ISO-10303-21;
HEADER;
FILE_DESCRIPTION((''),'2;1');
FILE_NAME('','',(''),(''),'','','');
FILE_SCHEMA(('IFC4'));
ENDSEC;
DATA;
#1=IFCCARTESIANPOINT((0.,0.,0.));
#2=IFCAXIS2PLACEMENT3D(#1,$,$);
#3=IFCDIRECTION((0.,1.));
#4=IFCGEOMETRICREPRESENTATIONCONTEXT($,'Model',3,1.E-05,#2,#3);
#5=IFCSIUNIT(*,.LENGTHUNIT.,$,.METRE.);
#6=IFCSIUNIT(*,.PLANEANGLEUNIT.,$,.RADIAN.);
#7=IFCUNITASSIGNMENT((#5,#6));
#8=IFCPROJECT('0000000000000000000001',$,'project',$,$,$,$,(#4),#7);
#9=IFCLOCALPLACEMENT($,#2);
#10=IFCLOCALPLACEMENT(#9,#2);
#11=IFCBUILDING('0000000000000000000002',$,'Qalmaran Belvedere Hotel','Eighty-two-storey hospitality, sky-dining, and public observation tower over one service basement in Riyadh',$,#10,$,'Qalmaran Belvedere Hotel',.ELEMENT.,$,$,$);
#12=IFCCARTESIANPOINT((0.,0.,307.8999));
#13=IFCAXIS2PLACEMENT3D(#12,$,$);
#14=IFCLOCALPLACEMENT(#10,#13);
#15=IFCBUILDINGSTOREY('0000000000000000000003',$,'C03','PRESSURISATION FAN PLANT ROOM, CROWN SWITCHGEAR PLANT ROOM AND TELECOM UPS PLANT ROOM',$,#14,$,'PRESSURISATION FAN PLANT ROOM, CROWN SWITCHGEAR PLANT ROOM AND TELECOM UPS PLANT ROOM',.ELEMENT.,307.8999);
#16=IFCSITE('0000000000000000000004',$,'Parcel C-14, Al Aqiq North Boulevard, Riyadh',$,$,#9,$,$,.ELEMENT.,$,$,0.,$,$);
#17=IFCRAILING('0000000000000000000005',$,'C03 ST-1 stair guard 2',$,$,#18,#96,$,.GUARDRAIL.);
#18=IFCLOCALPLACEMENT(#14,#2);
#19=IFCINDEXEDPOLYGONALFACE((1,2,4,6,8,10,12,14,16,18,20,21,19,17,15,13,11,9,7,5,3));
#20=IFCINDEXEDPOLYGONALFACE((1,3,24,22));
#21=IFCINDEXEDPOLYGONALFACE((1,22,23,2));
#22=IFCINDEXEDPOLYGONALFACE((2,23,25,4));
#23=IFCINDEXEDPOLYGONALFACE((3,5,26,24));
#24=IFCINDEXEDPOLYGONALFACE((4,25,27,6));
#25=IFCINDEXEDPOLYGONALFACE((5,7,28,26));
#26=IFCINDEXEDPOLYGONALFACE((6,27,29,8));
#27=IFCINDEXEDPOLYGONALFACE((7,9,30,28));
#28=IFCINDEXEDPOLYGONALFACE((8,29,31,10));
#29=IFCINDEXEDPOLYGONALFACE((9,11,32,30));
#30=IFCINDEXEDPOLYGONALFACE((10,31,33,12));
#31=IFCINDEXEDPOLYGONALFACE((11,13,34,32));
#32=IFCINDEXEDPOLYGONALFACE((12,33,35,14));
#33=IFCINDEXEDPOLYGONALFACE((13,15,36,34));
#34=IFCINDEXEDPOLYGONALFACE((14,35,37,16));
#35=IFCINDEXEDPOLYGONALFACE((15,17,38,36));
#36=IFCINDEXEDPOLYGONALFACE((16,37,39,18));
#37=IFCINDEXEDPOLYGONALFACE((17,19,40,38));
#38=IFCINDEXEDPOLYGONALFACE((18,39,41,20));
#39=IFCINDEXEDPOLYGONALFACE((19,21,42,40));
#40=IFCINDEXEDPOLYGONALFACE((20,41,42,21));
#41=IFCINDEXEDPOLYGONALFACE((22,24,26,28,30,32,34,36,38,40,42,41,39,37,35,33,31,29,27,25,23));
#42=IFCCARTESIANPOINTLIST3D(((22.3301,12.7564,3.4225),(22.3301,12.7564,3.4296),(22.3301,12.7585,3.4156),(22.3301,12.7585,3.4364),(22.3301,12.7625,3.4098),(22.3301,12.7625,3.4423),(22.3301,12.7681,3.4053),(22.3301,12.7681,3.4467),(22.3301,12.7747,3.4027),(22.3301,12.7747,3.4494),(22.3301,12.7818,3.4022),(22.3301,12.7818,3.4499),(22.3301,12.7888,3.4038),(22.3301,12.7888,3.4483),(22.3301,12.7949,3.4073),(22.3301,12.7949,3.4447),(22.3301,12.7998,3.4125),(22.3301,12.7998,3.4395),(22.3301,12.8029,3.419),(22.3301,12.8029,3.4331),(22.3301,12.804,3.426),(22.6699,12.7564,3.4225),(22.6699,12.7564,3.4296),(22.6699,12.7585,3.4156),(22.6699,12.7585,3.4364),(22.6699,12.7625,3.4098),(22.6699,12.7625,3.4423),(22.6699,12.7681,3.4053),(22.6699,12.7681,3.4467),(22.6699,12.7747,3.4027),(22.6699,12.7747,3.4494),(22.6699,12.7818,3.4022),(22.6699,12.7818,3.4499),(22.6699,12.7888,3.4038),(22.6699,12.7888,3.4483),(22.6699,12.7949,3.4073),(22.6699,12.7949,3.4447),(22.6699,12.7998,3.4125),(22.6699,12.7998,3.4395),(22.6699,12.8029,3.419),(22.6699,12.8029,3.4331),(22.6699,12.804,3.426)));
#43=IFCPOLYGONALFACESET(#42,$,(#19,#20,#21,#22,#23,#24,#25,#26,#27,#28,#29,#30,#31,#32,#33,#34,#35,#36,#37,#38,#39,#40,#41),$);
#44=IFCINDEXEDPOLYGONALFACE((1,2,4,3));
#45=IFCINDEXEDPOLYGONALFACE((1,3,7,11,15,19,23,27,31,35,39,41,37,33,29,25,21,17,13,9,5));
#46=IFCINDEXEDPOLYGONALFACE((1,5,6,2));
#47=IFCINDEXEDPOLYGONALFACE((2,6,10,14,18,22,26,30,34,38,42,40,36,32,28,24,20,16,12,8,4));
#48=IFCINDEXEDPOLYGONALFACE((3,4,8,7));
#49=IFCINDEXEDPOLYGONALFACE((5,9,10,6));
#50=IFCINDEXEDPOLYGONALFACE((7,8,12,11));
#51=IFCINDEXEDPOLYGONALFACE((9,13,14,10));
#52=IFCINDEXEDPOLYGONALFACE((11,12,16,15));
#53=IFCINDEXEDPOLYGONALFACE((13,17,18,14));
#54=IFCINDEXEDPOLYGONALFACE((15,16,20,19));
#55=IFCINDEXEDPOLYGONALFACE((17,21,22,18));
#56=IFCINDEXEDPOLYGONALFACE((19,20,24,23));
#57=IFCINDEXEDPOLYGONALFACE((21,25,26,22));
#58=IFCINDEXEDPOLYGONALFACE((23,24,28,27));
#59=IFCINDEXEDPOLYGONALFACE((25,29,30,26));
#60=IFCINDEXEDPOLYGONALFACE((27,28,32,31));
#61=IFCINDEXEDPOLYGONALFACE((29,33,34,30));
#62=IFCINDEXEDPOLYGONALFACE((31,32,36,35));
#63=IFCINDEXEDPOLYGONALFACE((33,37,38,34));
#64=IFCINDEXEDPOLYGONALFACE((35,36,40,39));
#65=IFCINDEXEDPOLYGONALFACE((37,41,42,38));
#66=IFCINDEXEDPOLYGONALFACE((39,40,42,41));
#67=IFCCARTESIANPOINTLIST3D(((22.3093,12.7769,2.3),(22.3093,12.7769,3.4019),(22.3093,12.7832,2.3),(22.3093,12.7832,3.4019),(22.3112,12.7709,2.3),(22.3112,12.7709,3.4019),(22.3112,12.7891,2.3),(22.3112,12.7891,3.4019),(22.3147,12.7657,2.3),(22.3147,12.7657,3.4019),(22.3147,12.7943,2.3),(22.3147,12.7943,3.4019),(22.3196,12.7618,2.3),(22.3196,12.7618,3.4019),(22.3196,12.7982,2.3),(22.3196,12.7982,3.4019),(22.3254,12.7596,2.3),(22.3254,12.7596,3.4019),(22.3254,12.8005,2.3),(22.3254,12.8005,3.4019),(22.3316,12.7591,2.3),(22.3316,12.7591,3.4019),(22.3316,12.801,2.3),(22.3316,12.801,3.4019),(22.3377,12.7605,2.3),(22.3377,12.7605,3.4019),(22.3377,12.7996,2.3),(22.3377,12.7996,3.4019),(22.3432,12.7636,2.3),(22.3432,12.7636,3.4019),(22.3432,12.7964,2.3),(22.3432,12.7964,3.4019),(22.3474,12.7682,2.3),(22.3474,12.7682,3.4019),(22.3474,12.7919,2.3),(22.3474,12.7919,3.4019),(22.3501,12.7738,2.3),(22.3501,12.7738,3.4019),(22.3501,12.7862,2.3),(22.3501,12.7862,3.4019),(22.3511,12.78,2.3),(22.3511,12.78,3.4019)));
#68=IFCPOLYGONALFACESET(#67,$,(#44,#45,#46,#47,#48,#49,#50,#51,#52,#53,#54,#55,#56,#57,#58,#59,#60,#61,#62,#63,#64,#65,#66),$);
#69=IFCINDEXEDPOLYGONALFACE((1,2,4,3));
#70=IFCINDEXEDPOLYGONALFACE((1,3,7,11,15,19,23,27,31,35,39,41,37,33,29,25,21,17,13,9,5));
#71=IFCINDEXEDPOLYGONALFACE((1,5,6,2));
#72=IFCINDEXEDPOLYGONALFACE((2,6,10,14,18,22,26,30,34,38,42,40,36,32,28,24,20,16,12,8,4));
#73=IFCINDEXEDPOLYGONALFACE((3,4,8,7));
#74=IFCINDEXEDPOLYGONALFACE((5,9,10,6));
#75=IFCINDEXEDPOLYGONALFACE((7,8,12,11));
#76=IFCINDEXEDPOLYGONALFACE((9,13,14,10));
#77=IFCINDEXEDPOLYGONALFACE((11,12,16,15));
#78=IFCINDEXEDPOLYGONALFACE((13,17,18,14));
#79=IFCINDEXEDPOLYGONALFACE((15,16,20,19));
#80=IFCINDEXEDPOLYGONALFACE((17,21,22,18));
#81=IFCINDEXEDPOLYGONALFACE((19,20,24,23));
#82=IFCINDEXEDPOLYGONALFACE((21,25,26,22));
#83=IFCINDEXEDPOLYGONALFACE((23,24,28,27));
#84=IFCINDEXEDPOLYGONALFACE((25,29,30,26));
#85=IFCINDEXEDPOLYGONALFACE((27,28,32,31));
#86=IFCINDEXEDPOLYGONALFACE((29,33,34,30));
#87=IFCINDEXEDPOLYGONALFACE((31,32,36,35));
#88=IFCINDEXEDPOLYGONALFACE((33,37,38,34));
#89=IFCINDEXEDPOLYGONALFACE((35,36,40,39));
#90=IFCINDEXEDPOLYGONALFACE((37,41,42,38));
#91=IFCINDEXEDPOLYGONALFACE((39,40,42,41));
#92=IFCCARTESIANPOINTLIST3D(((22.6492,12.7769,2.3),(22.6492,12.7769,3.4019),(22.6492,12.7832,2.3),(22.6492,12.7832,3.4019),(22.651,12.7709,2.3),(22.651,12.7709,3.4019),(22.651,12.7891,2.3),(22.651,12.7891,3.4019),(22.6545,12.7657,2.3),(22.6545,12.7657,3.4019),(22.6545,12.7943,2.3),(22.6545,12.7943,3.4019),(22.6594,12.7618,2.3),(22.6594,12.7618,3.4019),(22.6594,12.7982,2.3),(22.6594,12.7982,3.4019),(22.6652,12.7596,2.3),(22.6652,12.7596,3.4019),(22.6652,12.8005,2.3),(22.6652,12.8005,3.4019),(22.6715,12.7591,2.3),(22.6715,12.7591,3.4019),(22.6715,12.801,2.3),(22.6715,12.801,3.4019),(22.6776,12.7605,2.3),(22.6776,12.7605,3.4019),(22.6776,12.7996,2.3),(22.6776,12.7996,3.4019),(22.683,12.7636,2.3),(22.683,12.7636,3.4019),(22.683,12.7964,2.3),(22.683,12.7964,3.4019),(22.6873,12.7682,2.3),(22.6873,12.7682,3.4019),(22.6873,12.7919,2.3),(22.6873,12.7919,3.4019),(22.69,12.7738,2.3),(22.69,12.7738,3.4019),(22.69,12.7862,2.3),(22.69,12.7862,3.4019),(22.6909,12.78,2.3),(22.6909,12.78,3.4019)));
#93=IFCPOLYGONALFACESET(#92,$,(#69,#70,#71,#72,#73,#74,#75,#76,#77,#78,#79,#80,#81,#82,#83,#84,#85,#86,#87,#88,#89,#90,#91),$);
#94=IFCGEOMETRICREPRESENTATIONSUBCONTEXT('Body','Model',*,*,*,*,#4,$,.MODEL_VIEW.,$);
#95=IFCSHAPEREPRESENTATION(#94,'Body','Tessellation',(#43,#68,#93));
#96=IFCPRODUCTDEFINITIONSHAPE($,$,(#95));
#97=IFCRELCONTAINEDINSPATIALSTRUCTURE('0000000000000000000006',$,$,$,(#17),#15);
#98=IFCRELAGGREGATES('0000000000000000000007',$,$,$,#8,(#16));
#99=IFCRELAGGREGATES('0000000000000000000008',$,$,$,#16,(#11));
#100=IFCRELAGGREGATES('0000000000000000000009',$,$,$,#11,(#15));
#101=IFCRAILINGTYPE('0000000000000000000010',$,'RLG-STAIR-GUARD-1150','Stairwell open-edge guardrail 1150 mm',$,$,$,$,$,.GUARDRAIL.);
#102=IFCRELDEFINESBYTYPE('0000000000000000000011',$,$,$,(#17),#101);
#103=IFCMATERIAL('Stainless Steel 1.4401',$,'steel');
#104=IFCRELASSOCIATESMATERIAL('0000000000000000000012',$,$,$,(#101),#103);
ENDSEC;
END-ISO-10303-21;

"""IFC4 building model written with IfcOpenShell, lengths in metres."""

from ifc_helpers import new_model, si_unit, direction, frame, origin, origin_2d, place, context, subcontext, project, spatial, circle, extrude, material, type_object, element, save


model = new_model("IFC4")

# Units and contexts
model_context = context("Model", 3, precision=1e-05, world=origin(), true_north=direction((0.0, 1.0)))
body_context = subcontext(model_context, "Body", "Model", "MODEL_VIEW")
ifc_project = project(units=[si_unit("LENGTHUNIT", "METRE"), si_unit("PLANEANGLEUNIT", "RADIAN")], contexts=[model_context])

# Site, building, storey
site_placement = place(None, origin())
site = spatial("IfcSite", under=ifc_project, at=site_placement, Name="Parcel C-14, Al Aqiq North Boulevard, Riyadh", CompositionType="ELEMENT", RefElevation=0.0)
building_placement = place(site_placement, origin())
building = spatial("IfcBuilding", under=site, at=building_placement, Name="Qalmaran Belvedere Hotel", Description="Eighty-two-storey hospitality, sky-dining, and public observation tower over one service basement in Riyadh", LongName="Qalmaran Belvedere Hotel", CompositionType="ELEMENT")
storey_placement = place(building_placement, frame((0.0, 0.0, 307.8999)))
storey = spatial("IfcBuildingStorey", under=building, at=storey_placement, Name="C03", Description="PRESSURISATION FAN PLANT ROOM, CROWN SWITCHGEAR PLANT ROOM AND TELECOM UPS PLANT ROOM", LongName="PRESSURISATION FAN PLANT ROOM, CROWN SWITCHGEAR PLANT ROOM AND TELECOM UPS PLANT ROOM", CompositionType="ELEMENT", Elevation=307.8999)

# Railing
ifc_material_1 = material(Name="Stainless Steel 1.4401", Category="steel")
railing_type_1 = type_object("IfcRailingType", Name="RLG-STAIR-GUARD-1150", Description="Stairwell open-edge guardrail 1150 mm", PredefinedType="GUARDRAIL", material=ifc_material_1)
railing_1_placement = place(storey_placement, frame((22.3301, 12.78, 2.3)))
element("IfcRailing", 1, at=railing_1_placement, inside=storey, type_object=railing_type_1, Name="C03 ST-1 stair guard 2", PredefinedType="GUARDRAIL", context=body_context, shape_type="SweptSolid", body=[
    extrude(circle(Radius=0.0239, at=origin_2d()), frame((0.0, 0.0, 1.126), z_axis=(1.0, 0.0, 0.0), x_axis=(0.0, 1.0, 0.0)), (0.0, 0.0, 1.0), 0.3398),
    extrude(circle(Radius=0.021, at=origin_2d()), origin(), (0.0, 0.0, 1.0), 1.1018),
    extrude(circle(Radius=0.021, at=origin_2d()), frame((0.3398, 0.0, 0.0)), (0.0, 0.0, 1.0), 1.1018),
])

save(model, "model.ifc")
